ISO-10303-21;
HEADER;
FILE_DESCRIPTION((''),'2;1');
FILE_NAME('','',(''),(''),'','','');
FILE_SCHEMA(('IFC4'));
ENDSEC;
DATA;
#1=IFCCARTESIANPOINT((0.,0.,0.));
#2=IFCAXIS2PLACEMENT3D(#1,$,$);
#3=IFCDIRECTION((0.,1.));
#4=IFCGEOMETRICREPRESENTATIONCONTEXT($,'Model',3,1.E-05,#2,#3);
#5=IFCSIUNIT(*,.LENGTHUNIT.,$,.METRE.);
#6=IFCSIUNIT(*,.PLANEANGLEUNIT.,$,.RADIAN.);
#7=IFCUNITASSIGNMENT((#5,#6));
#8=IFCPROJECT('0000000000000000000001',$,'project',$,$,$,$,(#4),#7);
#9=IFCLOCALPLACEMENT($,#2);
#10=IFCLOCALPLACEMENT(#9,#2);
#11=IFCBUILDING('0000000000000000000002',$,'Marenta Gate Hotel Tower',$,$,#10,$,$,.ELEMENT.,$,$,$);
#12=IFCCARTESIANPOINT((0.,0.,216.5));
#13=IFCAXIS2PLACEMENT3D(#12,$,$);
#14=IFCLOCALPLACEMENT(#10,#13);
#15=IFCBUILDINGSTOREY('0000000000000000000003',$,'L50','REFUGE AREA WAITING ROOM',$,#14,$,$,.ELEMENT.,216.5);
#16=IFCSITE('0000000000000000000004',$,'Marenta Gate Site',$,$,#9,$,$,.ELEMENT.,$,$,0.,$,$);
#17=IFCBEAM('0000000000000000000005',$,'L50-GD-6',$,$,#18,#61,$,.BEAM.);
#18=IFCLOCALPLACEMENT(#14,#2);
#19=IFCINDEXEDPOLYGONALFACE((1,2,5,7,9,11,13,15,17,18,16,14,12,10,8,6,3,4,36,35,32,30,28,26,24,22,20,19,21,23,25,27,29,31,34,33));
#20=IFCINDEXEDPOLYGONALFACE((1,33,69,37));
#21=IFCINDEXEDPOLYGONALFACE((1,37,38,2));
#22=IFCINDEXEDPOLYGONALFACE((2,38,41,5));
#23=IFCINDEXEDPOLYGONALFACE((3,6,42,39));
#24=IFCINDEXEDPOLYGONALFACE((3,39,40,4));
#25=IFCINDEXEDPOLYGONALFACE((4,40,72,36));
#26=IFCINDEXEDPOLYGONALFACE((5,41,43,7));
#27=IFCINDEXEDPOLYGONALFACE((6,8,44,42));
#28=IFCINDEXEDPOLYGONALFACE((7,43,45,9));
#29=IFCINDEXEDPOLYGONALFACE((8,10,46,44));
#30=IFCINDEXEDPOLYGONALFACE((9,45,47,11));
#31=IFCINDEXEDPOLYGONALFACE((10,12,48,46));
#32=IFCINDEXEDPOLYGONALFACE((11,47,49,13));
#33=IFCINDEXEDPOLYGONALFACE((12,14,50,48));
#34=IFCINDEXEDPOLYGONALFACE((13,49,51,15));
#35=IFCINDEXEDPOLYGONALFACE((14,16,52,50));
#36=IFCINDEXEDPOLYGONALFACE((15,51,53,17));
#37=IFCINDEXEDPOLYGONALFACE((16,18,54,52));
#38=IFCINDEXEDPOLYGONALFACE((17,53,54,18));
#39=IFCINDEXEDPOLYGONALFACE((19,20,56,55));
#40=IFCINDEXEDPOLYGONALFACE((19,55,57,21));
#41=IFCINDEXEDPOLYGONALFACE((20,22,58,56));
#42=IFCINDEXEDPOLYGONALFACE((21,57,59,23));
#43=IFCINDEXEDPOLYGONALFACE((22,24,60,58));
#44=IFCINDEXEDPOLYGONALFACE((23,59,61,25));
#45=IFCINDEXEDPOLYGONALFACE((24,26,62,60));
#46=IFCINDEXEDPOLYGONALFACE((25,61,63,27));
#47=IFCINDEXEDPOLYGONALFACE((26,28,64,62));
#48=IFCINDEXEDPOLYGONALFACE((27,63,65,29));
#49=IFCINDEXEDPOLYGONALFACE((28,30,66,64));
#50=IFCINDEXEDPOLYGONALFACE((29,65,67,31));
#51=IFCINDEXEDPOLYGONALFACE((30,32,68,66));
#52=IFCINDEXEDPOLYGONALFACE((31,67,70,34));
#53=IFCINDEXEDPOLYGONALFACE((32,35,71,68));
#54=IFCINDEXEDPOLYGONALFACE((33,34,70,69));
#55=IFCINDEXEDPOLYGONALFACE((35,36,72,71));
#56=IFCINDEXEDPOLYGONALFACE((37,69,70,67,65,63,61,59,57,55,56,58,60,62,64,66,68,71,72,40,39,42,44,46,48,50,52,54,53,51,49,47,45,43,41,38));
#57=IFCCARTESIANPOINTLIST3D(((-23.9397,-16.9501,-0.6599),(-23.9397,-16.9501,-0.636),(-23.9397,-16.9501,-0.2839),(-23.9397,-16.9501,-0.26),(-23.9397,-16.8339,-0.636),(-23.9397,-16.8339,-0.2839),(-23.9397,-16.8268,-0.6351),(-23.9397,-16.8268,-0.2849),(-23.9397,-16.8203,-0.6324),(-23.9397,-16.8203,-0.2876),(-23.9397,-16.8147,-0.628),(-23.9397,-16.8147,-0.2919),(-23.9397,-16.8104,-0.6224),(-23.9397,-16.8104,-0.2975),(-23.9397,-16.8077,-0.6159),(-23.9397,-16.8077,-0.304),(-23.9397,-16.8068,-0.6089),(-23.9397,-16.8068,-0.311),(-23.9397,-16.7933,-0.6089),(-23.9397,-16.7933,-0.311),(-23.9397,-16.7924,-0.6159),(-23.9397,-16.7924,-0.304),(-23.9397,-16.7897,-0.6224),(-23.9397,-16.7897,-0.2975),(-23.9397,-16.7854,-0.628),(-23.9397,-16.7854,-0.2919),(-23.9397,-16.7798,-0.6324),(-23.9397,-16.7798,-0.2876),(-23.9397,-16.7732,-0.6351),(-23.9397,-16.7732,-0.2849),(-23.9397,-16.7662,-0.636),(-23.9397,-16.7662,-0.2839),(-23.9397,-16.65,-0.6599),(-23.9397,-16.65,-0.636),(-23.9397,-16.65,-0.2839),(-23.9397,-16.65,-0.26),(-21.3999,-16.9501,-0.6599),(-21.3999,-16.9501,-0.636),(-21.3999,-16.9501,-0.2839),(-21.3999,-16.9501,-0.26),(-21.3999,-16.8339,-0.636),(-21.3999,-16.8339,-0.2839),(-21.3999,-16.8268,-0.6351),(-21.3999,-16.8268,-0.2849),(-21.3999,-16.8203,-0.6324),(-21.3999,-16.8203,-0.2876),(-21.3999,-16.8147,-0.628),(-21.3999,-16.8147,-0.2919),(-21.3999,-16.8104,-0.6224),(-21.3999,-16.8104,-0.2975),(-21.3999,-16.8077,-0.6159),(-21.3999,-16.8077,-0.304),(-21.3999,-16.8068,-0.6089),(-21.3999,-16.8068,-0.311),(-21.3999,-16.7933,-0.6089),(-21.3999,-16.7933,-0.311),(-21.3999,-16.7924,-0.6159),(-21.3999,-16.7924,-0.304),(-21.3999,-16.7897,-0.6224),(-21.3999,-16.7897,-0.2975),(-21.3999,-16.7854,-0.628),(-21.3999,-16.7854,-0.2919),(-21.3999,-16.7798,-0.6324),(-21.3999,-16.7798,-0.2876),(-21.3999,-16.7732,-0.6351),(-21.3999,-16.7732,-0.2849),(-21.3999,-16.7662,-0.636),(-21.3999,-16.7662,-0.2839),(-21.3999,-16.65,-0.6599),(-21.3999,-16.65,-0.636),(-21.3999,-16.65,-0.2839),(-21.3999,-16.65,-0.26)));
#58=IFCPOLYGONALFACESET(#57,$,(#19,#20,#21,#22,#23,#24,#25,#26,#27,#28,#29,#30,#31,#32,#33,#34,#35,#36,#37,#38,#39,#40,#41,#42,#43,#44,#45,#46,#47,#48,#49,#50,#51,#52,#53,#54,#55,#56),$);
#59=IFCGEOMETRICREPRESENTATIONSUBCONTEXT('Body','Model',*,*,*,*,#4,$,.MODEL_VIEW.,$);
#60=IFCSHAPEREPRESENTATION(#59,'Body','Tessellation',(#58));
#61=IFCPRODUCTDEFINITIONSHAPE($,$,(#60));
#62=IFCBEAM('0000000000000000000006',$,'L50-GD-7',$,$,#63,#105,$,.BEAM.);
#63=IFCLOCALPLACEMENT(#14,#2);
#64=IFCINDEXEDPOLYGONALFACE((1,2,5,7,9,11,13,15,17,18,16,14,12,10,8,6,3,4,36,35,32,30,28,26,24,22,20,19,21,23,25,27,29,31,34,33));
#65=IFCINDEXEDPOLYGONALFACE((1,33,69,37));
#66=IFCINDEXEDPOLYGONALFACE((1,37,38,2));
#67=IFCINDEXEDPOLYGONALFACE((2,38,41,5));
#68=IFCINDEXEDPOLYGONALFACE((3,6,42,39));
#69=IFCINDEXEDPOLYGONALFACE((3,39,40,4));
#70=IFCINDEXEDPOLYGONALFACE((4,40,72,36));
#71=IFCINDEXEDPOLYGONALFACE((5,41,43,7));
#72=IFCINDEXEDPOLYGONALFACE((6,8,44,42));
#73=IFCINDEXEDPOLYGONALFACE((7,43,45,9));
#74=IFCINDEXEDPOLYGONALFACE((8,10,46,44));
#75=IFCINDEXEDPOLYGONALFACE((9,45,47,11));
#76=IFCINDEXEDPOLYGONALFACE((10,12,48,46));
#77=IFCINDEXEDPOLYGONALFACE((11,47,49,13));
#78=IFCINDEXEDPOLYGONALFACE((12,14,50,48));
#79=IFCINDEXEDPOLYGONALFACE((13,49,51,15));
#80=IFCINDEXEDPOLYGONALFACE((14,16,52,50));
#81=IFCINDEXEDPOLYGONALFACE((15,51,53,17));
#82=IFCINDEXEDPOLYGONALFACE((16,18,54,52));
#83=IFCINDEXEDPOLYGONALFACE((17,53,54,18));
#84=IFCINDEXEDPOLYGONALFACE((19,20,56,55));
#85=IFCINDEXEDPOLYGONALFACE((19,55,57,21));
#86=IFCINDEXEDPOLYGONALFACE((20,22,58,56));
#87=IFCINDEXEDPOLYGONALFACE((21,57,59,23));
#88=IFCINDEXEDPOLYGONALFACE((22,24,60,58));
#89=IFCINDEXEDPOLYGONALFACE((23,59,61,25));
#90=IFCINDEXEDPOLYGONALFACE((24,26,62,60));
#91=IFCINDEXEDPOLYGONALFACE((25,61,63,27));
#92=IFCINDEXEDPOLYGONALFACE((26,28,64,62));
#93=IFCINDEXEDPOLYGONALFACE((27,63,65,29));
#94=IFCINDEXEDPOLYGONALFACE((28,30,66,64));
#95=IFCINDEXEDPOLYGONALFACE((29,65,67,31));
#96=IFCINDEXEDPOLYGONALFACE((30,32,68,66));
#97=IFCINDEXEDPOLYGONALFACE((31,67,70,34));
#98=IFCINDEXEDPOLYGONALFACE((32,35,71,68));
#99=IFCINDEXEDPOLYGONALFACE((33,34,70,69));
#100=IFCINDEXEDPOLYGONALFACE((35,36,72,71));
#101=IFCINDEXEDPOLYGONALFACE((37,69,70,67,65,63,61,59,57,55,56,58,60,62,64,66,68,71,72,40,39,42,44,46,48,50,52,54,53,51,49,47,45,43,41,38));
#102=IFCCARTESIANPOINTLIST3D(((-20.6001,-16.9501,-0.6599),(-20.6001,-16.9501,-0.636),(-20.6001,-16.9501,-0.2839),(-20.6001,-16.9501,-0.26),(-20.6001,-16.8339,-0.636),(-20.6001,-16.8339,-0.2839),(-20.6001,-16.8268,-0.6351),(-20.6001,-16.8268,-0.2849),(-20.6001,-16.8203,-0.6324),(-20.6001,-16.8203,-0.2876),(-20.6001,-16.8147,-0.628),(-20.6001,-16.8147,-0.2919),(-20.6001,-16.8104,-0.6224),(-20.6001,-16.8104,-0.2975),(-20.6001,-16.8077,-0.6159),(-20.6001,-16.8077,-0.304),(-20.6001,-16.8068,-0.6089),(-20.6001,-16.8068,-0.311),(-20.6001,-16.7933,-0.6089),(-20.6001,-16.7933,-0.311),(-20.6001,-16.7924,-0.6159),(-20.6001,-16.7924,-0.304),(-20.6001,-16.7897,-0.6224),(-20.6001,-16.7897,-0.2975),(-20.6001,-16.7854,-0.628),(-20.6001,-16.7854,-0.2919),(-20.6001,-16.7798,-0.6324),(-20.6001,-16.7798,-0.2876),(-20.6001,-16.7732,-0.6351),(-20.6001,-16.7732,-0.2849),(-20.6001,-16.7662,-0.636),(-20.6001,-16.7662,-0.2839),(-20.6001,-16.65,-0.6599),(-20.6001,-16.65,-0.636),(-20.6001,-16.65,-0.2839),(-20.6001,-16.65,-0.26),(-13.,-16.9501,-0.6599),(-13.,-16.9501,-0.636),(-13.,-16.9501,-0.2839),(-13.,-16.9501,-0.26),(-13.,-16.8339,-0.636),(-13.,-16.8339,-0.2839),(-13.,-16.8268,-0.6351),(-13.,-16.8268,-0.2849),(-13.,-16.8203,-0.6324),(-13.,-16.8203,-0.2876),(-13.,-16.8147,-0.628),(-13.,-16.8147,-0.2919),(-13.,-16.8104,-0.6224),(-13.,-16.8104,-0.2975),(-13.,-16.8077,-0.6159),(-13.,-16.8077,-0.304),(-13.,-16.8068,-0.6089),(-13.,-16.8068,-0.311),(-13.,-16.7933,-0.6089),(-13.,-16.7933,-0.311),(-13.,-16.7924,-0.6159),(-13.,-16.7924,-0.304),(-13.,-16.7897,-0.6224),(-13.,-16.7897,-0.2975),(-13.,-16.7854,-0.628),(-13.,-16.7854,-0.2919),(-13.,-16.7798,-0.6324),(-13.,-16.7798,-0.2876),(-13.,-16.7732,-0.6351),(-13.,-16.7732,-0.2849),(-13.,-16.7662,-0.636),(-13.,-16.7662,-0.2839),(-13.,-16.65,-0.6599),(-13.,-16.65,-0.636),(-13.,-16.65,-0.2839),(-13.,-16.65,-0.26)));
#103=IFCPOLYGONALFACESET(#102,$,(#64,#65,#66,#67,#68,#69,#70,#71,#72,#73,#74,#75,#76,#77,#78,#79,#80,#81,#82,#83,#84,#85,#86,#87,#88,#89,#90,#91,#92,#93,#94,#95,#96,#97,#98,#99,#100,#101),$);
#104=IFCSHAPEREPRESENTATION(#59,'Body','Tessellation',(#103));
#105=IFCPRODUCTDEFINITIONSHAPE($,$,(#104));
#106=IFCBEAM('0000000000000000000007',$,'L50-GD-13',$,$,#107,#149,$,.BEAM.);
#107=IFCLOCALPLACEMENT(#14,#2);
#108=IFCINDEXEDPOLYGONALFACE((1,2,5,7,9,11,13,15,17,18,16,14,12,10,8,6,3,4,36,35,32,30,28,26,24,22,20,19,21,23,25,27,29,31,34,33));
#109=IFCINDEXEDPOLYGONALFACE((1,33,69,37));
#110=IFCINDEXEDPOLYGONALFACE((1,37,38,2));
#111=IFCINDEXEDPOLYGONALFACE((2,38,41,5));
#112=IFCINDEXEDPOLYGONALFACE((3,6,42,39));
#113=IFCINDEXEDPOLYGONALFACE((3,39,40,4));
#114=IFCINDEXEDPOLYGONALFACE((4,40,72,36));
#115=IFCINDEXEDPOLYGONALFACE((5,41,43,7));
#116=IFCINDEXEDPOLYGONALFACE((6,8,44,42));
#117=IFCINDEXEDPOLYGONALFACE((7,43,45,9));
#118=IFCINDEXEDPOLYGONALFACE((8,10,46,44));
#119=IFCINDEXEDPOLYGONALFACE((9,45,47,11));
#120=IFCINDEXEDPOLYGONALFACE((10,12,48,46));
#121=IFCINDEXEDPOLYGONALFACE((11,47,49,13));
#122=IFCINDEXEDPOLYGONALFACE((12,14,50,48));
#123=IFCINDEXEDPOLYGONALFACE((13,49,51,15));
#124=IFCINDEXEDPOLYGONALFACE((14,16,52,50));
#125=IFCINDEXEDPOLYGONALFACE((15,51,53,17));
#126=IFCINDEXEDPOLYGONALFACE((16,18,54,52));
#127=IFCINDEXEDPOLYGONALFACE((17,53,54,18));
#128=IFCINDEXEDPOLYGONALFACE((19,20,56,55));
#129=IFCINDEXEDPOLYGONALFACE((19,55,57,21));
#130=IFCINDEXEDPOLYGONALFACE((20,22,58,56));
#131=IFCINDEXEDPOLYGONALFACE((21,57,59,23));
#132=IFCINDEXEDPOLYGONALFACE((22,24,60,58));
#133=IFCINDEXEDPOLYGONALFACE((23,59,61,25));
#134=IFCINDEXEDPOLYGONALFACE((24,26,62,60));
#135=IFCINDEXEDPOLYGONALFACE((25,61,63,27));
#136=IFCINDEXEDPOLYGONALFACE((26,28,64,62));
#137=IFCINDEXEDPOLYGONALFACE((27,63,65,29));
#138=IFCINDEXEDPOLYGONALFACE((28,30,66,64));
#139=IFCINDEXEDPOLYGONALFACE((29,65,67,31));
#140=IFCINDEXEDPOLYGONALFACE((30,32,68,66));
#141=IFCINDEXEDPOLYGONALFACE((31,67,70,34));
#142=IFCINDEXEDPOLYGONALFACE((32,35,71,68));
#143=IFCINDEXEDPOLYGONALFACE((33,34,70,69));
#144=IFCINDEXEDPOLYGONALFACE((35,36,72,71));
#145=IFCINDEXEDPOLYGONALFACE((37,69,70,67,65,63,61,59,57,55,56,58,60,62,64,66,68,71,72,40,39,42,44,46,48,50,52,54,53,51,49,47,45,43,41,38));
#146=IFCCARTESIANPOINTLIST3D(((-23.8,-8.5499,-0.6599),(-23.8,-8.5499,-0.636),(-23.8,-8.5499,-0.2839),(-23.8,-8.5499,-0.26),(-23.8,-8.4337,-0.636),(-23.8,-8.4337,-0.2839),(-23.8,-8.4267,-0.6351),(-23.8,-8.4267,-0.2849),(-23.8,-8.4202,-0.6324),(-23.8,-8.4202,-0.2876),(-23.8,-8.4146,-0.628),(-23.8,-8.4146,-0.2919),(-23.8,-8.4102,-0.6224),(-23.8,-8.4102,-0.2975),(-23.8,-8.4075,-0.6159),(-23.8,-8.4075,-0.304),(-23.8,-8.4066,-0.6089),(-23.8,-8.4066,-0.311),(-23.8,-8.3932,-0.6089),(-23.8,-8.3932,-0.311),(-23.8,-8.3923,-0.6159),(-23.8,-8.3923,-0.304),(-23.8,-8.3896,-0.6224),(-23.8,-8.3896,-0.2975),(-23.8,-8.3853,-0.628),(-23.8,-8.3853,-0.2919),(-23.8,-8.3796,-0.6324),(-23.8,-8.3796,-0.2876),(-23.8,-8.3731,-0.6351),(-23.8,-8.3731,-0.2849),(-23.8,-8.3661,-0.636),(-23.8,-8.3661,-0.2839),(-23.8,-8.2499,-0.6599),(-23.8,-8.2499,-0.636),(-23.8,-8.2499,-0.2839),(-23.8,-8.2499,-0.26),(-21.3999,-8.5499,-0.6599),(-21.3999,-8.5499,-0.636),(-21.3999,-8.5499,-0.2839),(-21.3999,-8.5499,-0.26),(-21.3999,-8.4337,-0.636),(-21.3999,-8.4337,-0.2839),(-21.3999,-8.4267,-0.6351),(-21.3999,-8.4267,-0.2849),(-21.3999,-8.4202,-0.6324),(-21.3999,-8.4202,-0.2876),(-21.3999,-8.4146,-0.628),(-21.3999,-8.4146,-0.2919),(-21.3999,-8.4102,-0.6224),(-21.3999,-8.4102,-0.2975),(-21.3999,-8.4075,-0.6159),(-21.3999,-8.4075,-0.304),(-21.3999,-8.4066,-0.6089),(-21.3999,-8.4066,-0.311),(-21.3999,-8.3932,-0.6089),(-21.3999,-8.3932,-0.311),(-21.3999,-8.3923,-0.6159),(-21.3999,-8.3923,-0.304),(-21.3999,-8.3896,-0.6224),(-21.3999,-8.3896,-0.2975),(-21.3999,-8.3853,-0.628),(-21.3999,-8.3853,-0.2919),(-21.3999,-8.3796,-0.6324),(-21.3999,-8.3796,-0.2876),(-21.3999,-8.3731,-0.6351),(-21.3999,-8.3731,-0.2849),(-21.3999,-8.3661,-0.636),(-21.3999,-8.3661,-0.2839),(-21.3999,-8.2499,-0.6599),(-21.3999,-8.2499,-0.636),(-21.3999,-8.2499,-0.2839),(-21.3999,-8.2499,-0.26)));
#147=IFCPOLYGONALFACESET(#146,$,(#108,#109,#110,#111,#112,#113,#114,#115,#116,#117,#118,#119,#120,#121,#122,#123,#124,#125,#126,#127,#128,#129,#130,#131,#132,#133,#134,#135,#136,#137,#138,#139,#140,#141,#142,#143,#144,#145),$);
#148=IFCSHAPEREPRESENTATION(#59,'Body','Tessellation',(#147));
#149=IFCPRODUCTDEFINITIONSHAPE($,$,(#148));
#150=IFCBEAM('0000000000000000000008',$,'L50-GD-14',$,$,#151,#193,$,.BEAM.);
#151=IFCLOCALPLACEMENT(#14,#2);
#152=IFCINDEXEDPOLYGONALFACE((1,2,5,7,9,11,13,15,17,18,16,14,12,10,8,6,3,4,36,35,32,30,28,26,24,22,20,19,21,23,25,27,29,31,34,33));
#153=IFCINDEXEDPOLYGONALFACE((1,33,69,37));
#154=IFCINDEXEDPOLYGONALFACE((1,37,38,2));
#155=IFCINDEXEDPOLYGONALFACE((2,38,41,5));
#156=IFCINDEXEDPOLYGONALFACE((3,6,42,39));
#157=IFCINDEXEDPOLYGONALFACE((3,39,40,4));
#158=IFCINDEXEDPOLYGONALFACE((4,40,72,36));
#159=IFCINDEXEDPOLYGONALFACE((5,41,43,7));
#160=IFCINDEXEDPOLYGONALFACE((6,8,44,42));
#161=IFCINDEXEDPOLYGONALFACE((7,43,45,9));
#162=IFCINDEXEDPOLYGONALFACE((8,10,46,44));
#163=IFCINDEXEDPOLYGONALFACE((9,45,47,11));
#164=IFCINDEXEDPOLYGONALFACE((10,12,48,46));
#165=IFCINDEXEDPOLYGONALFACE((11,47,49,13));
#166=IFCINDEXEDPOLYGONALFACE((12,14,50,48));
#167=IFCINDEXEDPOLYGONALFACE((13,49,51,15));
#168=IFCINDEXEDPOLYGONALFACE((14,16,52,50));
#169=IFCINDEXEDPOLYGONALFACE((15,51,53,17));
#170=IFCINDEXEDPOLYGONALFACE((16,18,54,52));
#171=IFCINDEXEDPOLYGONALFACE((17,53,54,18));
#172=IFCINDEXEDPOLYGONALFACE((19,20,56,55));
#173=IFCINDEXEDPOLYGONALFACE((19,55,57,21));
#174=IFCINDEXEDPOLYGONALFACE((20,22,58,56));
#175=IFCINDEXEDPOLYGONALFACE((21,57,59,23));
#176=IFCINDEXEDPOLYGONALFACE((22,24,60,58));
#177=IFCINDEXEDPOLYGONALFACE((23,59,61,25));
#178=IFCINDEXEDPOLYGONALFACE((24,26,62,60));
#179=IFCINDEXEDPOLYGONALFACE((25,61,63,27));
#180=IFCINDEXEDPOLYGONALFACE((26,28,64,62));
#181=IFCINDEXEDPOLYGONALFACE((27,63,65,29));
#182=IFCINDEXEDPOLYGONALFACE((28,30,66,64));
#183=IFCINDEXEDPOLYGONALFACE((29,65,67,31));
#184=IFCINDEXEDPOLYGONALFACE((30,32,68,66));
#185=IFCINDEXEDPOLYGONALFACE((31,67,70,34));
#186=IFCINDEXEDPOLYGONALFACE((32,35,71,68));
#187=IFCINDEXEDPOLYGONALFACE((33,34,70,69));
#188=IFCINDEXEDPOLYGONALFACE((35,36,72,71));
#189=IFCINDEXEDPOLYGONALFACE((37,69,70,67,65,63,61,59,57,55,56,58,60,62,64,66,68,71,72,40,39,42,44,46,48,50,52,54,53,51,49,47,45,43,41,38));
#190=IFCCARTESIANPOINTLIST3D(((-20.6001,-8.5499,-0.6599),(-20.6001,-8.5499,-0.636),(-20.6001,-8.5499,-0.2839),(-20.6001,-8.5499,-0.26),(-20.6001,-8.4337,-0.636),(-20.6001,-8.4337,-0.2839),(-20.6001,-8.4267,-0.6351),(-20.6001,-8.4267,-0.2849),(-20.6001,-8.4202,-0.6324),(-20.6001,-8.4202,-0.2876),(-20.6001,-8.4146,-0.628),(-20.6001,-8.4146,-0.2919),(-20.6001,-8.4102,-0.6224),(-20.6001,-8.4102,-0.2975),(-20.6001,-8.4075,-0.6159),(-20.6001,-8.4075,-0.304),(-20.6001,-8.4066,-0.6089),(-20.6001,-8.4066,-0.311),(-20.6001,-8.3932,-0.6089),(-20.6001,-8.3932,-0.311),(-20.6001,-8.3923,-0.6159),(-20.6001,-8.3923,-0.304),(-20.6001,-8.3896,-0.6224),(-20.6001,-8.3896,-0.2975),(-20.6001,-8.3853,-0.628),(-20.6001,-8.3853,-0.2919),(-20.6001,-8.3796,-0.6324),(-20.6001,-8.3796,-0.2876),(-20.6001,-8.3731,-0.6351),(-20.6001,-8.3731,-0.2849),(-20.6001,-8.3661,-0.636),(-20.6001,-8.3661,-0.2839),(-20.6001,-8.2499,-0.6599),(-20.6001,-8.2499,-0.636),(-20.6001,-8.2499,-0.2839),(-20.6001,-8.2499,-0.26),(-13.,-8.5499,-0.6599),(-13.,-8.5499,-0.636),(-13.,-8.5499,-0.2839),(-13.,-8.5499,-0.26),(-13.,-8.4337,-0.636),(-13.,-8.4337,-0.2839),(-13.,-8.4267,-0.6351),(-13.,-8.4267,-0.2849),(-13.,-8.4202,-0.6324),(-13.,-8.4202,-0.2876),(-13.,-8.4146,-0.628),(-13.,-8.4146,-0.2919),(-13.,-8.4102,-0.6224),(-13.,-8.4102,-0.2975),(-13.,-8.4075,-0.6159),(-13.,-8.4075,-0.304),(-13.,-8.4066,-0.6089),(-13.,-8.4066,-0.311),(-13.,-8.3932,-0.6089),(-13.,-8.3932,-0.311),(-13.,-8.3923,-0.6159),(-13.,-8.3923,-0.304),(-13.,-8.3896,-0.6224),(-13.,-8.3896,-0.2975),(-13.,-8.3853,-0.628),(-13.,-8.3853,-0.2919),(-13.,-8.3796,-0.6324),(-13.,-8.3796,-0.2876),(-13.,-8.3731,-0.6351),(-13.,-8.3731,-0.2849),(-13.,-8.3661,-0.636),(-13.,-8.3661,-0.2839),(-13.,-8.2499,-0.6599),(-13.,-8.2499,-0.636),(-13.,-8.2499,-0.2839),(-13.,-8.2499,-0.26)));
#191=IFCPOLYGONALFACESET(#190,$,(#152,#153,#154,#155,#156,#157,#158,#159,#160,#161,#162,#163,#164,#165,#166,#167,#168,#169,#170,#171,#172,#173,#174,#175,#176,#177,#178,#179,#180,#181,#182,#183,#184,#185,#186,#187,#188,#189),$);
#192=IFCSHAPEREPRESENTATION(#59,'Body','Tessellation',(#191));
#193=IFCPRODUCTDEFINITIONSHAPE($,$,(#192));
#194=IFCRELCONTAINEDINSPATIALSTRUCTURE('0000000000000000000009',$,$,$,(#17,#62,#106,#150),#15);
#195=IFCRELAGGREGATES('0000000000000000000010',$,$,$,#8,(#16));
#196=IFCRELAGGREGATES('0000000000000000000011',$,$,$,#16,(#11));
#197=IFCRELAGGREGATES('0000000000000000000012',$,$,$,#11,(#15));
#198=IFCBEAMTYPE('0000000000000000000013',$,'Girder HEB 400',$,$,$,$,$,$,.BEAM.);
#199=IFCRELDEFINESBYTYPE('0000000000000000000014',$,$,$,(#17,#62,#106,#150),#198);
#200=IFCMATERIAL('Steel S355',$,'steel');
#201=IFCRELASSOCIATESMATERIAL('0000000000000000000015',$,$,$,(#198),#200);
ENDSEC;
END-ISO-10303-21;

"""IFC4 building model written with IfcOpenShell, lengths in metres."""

from ifc_helpers import new_model, si_unit, direction, frame, origin, origin_2d, place, context, subcontext, project, spatial, i_section, extrude, material, material_profile, profile_set, type_object, element, save


model = new_model("IFC4")

# Units and contexts
model_context = context("Model", 3, precision=1e-05, world=origin(), true_north=direction((0.0, 1.0)))
body_context = subcontext(model_context, "Body", "Model", "MODEL_VIEW")
ifc_project = project(units=[si_unit("LENGTHUNIT", "METRE"), si_unit("PLANEANGLEUNIT", "RADIAN")], contexts=[model_context])

# Site, building, storey
site_placement = place(None, origin())
site = spatial("IfcSite", under=ifc_project, at=site_placement, Name="Marenta Gate Site", CompositionType="ELEMENT", RefElevation=0.0)
building_placement = place(site_placement, origin())
building = spatial("IfcBuilding", under=site, at=building_placement, Name="Marenta Gate Hotel Tower", CompositionType="ELEMENT")
storey_placement = place(building_placement, frame((0.0, 0.0, 216.5)))
storey = spatial("IfcBuildingStorey", under=building, at=storey_placement, Name="L50", Description="REFUGE AREA WAITING ROOM", CompositionType="ELEMENT", Elevation=216.5)

# Beams
ifc_material_1 = material(Name="Steel S355", Category="steel")
ifc_material_profile_1 = material_profile(ifc_material_1, i_section(OverallWidth=0.3, OverallDepth=0.3999, WebThickness=0.0134, FlangeThickness=0.0239, FilletRadius=0.0271, at=origin_2d()), Name="HEB 400")
ifc_profile_set_1 = profile_set([ifc_material_profile_1], Name="Steel S355")
beam_type_1 = type_object("IfcBeamType", Name="Girder HEB 400", PredefinedType="BEAM", material=ifc_profile_set_1)
beam_1_placement = place(storey_placement, frame((-23.9397, -16.8, -0.46), z_axis=(1.0, 0.0, 0.0), x_axis=(0.0, 1.0, 0.0)))
element("IfcBeam", 1, at=beam_1_placement, inside=storey, type_object=beam_type_1, Name="L50-GD-6", PredefinedType="BEAM", context=body_context, shape_type="SweptSolid", body=[
    extrude(i_section(OverallWidth=0.3, OverallDepth=0.3999, WebThickness=0.0134, FlangeThickness=0.0239, FilletRadius=0.0271, at=origin_2d()), origin(), (0.0, 0.0, 1.0), 2.5398),
])
beam_2_placement = place(storey_placement, frame((-20.6001, -16.8, -0.46), z_axis=(1.0, 0.0, 0.0), x_axis=(0.0, 1.0, 0.0)))
element("IfcBeam", 2, at=beam_2_placement, inside=storey, type_object=beam_type_1, Name="L50-GD-7", PredefinedType="BEAM", context=body_context, shape_type="SweptSolid", body=[
    extrude(i_section(OverallWidth=0.3, OverallDepth=0.3999, WebThickness=0.0134, FlangeThickness=0.0239, FilletRadius=0.0271, at=origin_2d()), origin(), (0.0, 0.0, 1.0), 7.6001),
])
beam_3_placement = place(storey_placement, frame((-23.8, -8.3999, -0.46), z_axis=(1.0, 0.0, 0.0), x_axis=(0.0, 1.0, 0.0)))
element("IfcBeam", 3, at=beam_3_placement, inside=storey, type_object=beam_type_1, Name="L50-GD-13", PredefinedType="BEAM", context=body_context, shape_type="SweptSolid", body=[
    extrude(i_section(OverallWidth=0.3, OverallDepth=0.3999, WebThickness=0.0134, FlangeThickness=0.0239, FilletRadius=0.0271, at=origin_2d()), origin(), (0.0, 0.0, 1.0), 2.4001),
])
beam_4_placement = place(storey_placement, frame((-20.6001, -8.3999, -0.46), z_axis=(1.0, 0.0, 0.0), x_axis=(0.0, 1.0, 0.0)))
element("IfcBeam", 4, at=beam_4_placement, inside=storey, type_object=beam_type_1, Name="L50-GD-14", PredefinedType="BEAM", context=body_context, shape_type="SweptSolid", body=[
    extrude(i_section(OverallWidth=0.3, OverallDepth=0.3999, WebThickness=0.0134, FlangeThickness=0.0239, FilletRadius=0.0271, at=origin_2d()), origin(), (0.0, 0.0, 1.0), 7.6001),
])

save(model, "model.ifc")
